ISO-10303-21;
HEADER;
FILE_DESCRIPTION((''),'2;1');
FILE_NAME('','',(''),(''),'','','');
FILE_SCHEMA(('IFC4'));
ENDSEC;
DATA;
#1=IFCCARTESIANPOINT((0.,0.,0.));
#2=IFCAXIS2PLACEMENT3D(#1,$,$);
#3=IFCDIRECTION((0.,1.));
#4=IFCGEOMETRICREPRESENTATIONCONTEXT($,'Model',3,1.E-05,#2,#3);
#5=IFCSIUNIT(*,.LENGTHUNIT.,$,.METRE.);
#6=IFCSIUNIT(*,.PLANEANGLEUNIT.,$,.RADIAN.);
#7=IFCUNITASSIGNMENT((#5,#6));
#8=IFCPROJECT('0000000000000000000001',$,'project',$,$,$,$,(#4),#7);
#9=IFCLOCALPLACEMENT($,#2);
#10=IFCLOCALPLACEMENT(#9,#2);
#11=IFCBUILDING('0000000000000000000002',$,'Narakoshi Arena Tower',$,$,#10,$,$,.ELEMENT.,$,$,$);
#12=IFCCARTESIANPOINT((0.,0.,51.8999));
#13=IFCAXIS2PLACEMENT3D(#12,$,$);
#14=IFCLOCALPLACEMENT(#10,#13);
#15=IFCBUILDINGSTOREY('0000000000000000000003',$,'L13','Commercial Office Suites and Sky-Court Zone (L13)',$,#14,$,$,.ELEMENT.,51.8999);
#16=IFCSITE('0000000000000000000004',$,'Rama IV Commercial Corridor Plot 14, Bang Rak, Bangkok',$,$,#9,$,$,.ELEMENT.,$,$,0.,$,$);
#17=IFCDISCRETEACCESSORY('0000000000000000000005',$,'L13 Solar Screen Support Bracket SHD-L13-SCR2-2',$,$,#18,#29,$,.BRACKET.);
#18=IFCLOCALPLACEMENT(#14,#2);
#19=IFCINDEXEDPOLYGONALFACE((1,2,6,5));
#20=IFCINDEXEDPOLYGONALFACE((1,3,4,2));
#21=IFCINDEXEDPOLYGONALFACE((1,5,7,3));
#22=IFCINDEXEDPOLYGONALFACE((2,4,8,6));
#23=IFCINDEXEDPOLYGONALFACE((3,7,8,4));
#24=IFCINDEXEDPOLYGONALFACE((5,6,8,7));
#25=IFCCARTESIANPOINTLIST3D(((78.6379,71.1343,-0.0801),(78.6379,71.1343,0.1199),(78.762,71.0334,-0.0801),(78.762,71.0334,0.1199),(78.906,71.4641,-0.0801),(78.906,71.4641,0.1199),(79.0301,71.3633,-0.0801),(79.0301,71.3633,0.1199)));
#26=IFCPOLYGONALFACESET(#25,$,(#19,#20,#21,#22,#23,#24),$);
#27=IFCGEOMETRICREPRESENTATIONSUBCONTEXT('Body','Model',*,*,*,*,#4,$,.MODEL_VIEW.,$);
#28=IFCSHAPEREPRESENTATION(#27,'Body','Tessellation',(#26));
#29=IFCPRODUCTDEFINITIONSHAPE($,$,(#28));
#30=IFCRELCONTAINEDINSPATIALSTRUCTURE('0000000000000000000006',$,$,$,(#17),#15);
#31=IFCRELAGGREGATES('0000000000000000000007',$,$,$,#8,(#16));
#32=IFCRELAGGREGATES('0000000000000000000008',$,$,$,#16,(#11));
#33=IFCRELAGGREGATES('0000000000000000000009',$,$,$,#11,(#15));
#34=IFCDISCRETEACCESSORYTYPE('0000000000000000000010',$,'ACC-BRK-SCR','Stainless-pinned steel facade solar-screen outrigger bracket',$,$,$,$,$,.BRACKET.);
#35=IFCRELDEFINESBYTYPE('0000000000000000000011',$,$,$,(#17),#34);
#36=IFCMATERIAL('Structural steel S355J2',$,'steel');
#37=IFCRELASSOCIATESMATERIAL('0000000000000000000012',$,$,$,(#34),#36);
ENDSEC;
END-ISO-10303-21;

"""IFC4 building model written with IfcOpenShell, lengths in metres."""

from ifc_helpers import new_model, si_unit, direction, frame, origin, origin_2d, place, context, subcontext, project, spatial, rectangle, extrude, material, type_object, element, save


model = new_model("IFC4")

# Units and contexts
model_context = context("Model", 3, precision=1e-05, world=origin(), true_north=direction((0.0, 1.0)))
body_context = subcontext(model_context, "Body", "Model", "MODEL_VIEW")
ifc_project = project(units=[si_unit("LENGTHUNIT", "METRE"), si_unit("PLANEANGLEUNIT", "RADIAN")], contexts=[model_context])

# Site, building, storey
site_placement = place(None, origin())
site = spatial("IfcSite", under=ifc_project, at=site_placement, Name="Rama IV Commercial Corridor Plot 14, Bang Rak, Bangkok", CompositionType="ELEMENT", RefElevation=0.0)
building_placement = place(site_placement, origin())
building = spatial("IfcBuilding", under=site, at=building_placement, Name="Narakoshi Arena Tower", CompositionType="ELEMENT")
storey_placement = place(building_placement, frame((0.0, 0.0, 51.8999)))
storey = spatial("IfcBuildingStorey", under=building, at=storey_placement, Name="L13", Description="Commercial Office Suites and Sky-Court Zone (L13)", CompositionType="ELEMENT", Elevation=51.8999)

# Shared definitions
ifc_material_1 = material(Name="Structural steel S355J2", Category="steel")

# Discrete accessory
discrete_accessory_type = type_object("IfcDiscreteAccessoryType", Name="ACC-BRK-SCR", Description="Stainless-pinned steel facade solar-screen outrigger bracket", PredefinedType="BRACKET", material=ifc_material_1)
discrete_accessory_placement = place(storey_placement, frame((78.834, 71.2488, -0.0801), z_axis=(0.0, 0.0, 1.0), x_axis=(-0.776002, 0.63073, 0.0)))
element("IfcDiscreteAccessory", 1, at=discrete_accessory_placement, inside=storey, type_object=discrete_accessory_type, Name="L13 Solar Screen Support Bracket SHD-L13-SCR2-2", PredefinedType="BRACKET", context=body_context, shape_type="SweptSolid", body=[
    extrude(rectangle(XDim=0.1599, YDim=0.425, at=origin_2d()), origin(), (0.0, 0.0, 1.0), 0.2),
])

save(model, "model.ifc")
